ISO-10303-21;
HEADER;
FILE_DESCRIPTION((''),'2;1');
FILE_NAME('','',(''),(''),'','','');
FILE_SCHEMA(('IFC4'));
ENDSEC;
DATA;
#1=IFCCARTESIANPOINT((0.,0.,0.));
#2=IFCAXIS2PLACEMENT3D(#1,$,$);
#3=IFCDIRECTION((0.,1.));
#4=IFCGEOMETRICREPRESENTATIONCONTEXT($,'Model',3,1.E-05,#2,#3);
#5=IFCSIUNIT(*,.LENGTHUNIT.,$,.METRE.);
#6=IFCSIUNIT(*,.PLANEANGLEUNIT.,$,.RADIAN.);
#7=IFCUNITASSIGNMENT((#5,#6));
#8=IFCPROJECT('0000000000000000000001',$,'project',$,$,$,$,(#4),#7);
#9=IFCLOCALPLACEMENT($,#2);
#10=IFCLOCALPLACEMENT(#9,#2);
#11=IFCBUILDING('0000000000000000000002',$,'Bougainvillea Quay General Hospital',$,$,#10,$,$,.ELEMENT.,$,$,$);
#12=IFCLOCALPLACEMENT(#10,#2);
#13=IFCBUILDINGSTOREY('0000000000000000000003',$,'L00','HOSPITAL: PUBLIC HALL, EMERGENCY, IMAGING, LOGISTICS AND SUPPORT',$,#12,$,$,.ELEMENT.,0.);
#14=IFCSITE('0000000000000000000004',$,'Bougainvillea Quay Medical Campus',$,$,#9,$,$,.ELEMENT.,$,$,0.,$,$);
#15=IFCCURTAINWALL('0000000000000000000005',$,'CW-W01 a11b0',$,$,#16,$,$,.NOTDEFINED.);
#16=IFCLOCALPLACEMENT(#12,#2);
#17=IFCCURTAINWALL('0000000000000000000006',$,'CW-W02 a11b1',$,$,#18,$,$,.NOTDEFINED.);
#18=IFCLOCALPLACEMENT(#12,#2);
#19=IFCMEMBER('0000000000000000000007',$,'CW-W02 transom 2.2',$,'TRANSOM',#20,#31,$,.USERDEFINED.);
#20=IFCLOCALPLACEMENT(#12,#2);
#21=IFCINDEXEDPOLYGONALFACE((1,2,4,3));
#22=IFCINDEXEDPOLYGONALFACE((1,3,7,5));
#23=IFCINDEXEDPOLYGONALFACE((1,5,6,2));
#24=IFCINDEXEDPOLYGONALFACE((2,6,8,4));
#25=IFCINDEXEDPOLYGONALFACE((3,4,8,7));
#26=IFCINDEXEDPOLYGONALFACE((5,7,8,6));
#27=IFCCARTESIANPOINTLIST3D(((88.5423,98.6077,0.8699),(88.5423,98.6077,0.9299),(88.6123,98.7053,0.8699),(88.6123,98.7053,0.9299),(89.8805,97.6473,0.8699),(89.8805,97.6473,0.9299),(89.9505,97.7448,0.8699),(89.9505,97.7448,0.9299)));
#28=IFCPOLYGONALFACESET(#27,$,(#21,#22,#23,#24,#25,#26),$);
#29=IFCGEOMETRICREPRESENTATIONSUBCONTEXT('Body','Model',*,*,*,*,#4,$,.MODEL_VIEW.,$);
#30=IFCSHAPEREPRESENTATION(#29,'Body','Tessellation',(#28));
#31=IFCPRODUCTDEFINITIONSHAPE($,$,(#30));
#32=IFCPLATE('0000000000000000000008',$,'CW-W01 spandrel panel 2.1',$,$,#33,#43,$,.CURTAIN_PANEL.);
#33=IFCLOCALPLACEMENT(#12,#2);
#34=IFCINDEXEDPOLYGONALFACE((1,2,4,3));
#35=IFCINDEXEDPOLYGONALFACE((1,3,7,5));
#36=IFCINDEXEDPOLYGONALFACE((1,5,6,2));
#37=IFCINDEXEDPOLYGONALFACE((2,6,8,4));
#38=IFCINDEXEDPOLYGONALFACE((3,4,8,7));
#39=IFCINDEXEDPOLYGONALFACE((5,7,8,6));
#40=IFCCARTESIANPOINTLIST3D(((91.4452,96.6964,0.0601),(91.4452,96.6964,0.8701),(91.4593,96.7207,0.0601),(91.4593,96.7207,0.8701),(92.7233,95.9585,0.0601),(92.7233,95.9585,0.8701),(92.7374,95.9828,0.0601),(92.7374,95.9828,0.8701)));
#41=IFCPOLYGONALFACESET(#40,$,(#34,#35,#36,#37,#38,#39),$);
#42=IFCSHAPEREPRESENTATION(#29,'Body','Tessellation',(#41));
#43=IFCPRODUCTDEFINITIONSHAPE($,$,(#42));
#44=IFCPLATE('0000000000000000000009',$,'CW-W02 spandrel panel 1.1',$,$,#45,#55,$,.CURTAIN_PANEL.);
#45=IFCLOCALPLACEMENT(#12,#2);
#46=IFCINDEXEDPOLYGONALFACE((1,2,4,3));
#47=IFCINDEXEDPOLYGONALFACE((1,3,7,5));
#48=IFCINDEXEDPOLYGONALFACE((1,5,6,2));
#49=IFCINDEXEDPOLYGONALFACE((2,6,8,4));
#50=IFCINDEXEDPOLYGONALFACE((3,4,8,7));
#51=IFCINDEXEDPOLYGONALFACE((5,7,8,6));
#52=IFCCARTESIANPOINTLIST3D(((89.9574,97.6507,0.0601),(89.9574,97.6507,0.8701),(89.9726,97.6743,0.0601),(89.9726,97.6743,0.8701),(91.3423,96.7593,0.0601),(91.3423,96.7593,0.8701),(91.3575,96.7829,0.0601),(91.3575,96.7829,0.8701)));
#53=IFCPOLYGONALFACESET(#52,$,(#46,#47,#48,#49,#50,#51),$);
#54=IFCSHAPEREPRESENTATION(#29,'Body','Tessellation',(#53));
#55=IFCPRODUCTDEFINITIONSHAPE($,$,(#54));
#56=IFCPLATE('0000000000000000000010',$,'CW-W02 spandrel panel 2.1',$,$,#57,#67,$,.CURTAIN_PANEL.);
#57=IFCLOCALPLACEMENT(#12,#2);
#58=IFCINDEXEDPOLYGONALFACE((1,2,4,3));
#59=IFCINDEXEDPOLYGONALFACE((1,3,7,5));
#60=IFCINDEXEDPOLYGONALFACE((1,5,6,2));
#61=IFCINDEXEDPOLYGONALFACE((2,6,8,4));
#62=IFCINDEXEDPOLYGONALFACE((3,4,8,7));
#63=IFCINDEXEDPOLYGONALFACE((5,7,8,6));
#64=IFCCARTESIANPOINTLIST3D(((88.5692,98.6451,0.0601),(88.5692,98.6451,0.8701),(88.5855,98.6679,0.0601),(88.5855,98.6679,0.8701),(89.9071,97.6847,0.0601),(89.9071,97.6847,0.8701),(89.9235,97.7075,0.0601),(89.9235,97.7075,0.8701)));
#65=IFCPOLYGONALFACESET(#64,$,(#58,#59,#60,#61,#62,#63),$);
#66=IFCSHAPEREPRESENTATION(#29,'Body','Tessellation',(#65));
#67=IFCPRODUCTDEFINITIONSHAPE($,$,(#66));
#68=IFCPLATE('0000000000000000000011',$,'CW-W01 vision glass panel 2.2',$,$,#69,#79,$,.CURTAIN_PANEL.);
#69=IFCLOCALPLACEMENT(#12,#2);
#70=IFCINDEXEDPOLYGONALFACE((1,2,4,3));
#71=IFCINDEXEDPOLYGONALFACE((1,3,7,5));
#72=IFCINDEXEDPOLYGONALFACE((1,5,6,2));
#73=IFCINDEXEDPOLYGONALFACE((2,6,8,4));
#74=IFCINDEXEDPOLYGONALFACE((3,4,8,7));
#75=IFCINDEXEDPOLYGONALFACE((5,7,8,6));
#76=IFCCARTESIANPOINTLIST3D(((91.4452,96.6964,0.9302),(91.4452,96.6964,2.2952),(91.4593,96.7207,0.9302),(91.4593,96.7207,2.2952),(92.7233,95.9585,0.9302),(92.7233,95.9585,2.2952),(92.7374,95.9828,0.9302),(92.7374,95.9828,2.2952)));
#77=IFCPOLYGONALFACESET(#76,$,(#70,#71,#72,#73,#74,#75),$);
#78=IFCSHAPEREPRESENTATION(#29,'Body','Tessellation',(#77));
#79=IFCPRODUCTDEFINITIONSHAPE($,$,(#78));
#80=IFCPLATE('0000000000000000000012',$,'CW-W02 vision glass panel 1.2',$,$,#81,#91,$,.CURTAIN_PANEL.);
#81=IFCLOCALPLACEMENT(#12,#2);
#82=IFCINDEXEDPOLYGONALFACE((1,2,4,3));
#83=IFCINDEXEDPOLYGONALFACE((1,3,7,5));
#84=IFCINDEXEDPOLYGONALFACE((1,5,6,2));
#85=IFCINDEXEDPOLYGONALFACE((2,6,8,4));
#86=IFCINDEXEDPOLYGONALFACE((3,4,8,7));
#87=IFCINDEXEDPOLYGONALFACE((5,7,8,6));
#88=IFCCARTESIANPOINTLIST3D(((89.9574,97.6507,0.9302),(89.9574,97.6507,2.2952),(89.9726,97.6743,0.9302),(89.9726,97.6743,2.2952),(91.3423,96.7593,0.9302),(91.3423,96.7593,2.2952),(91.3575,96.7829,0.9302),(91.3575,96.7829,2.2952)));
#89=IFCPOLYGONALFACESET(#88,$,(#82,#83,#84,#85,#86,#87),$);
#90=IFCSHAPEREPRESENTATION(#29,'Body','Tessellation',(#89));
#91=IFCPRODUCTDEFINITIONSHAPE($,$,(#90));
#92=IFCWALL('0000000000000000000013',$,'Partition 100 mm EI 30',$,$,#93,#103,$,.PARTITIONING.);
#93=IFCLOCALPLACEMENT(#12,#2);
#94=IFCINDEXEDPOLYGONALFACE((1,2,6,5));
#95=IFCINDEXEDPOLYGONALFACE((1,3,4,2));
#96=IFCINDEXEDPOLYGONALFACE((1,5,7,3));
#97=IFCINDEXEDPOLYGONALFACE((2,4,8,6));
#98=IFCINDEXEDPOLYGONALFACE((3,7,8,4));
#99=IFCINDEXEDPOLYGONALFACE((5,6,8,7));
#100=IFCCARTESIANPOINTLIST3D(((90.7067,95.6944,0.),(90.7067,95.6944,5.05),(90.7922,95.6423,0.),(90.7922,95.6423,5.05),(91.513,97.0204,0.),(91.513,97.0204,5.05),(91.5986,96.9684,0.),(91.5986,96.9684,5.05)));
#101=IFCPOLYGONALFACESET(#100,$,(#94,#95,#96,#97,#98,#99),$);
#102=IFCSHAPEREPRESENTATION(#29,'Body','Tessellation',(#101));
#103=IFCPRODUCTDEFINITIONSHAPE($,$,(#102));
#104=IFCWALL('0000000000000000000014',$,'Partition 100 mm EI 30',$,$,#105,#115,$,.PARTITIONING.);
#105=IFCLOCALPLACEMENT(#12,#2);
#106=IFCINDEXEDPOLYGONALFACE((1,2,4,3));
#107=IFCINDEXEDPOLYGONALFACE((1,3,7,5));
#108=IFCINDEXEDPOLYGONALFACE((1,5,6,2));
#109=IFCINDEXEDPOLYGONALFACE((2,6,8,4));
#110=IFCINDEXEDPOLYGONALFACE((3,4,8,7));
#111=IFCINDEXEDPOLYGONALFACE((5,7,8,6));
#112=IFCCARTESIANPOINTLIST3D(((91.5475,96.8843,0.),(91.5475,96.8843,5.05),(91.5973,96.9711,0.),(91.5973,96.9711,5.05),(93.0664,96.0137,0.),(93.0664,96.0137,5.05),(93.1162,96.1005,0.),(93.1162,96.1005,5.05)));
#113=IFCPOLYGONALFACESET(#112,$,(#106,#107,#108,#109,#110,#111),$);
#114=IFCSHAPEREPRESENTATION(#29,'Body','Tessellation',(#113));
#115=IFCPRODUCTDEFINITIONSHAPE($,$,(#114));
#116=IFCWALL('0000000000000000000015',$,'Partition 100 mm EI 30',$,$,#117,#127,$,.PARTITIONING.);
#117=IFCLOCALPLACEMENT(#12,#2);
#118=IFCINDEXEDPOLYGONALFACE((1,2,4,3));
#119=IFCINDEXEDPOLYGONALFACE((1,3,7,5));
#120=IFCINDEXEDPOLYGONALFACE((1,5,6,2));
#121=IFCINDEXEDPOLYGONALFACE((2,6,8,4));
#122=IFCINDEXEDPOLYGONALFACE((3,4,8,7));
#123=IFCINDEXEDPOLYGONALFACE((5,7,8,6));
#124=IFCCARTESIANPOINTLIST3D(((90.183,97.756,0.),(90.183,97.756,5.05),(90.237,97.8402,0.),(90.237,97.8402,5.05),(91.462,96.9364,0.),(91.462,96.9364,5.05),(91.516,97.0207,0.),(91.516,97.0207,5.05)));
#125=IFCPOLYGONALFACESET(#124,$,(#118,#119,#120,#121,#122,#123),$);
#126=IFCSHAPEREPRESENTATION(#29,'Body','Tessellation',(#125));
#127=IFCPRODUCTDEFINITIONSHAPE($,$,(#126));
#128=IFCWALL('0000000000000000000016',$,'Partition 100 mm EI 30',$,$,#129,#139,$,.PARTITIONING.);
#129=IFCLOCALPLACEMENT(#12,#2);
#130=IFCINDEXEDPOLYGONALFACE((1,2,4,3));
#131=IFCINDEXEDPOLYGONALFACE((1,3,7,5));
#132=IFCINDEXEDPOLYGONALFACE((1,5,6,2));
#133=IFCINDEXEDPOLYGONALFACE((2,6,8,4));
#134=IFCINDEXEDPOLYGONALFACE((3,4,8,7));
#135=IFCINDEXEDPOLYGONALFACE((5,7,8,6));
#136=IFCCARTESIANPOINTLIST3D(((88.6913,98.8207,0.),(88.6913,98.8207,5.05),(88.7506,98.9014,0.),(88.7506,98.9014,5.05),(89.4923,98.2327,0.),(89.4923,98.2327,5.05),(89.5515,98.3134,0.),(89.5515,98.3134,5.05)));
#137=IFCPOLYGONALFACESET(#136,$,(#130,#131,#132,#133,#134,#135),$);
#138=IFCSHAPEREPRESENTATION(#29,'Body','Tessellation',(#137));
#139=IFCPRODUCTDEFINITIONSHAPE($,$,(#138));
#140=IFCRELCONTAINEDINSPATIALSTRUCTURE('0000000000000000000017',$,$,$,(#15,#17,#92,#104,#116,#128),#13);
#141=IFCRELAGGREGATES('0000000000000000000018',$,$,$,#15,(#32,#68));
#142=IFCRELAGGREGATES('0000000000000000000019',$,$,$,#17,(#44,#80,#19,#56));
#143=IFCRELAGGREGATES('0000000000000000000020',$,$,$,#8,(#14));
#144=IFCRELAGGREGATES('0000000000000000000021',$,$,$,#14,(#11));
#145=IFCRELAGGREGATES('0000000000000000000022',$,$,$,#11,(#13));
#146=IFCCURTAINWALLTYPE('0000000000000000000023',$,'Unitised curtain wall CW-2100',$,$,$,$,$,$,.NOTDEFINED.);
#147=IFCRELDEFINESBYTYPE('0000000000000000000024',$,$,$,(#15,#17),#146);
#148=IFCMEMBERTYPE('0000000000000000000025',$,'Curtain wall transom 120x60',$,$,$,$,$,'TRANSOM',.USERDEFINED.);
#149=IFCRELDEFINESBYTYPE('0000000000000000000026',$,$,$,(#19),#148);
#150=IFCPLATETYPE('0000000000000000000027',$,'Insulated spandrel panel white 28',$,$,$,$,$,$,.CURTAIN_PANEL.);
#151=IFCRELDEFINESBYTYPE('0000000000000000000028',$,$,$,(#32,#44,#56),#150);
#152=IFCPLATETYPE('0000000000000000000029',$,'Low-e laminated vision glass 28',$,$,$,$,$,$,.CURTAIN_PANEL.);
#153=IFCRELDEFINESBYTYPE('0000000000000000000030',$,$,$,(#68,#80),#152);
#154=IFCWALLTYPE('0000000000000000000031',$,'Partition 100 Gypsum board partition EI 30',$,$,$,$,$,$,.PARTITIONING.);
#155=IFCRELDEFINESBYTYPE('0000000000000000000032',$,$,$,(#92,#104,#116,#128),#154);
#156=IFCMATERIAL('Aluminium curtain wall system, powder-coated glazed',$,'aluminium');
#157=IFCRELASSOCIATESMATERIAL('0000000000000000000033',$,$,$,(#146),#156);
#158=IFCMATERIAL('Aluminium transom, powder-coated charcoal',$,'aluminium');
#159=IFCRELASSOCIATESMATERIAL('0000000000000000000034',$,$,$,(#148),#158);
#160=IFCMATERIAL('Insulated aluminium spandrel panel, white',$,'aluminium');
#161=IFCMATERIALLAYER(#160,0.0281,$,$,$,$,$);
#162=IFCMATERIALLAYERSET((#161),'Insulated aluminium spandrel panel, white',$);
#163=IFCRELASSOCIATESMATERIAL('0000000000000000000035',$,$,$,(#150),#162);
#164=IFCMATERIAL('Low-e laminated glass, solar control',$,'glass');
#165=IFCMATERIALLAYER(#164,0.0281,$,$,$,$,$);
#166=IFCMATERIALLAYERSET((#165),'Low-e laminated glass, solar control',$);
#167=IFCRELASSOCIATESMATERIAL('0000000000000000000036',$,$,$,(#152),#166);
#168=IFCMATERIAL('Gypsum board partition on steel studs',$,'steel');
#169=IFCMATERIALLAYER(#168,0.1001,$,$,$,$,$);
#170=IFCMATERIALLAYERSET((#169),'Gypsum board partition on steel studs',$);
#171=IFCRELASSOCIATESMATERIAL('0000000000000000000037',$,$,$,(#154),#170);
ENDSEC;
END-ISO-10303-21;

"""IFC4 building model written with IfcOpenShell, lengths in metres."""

from ifc_helpers import new_model, si_unit, direction, frame, frame_2d, origin, origin_2d, place, context, subcontext, project, spatial, rectangle, extrude, material, layer, layer_set, material_profile, profile_set, type_object, element, aggregate, save


model = new_model("IFC4")

# Units and contexts
model_context = context("Model", 3, precision=1e-05, world=origin(), true_north=direction((0.0, 1.0)))
body_context = subcontext(model_context, "Body", "Model", "MODEL_VIEW")
ifc_project = project(units=[si_unit("LENGTHUNIT", "METRE"), si_unit("PLANEANGLEUNIT", "RADIAN")], contexts=[model_context])

# Site, building, storey
site_placement = place(None, origin())
site = spatial("IfcSite", under=ifc_project, at=site_placement, Name="Bougainvillea Quay Medical Campus", CompositionType="ELEMENT", RefElevation=0.0)
building_placement = place(site_placement, origin())
building = spatial("IfcBuilding", under=site, at=building_placement, Name="Bougainvillea Quay General Hospital", CompositionType="ELEMENT")
storey_placement = place(building_placement, origin())
storey = spatial("IfcBuildingStorey", under=building, at=storey_placement, Name="L00", Description="HOSPITAL: PUBLIC HALL, EMERGENCY, IMAGING, LOGISTICS AND SUPPORT", CompositionType="ELEMENT", Elevation=0.0)

# Curtain wall
ifc_material_1 = material(Name="Aluminium curtain wall system, powder-coated glazed", Category="aluminium")
curtain_wall_type = type_object("IfcCurtainWallType", Name="Unitised curtain wall CW-2100", PredefinedType="NOTDEFINED", material=ifc_material_1)
curtain_wall_1_placement = place(storey_placement, origin())
curtain_wall_1 = element("IfcCurtainWall", 1, at=curtain_wall_1_placement, inside=storey, type_object=curtain_wall_type, Name="CW-W01 a11b0", PredefinedType="NOTDEFINED")

# Curtain wall
curtain_wall_2_placement = place(storey_placement, origin())
curtain_wall_2 = element("IfcCurtainWall", 2, at=curtain_wall_2_placement, inside=storey, type_object=curtain_wall_type, Name="CW-W02 a11b1", PredefinedType="NOTDEFINED")

# Member
ifc_material_2 = material(Name="Aluminium transom, powder-coated charcoal", Category="aluminium")
ifc_material_profile_1 = material_profile(ifc_material_2, rectangle(XDim=0.1201, YDim=0.0601, at=origin_2d()))
ifc_profile_set_1 = profile_set([ifc_material_profile_1], Name="Aluminium transom, powder-coated charcoal")
member_type_1 = type_object("IfcMemberType", Name="Curtain wall transom 120x60", ElementType="TRANSOM", PredefinedType="USERDEFINED", material=ifc_profile_set_1)
member_1_placement = place(storey_placement, frame((89.9155, 97.696, 0.8999), z_axis=(-0.812399, 0.583101, 0.0), x_axis=(-0.583101, -0.812399, 0.0)))
member_1 = element("IfcMember", 3, at=member_1_placement, type_object=member_type_1, Name="CW-W02 transom 2.2", ObjectType="TRANSOM", PredefinedType="USERDEFINED", context=body_context, shape_type="SweptSolid", body=[
    extrude(rectangle(XDim=0.1201, YDim=0.0601, at=origin_2d()), origin(), (0.0, 0.0, 1.0), 1.6472),
])

# Plates
ifc_material_3 = material(Name="Insulated aluminium spandrel panel, white", Category="aluminium")
ifc_layer_1 = layer(ifc_material_3, 0.0281)
ifc_layer_set_1 = layer_set([ifc_layer_1], Name="Insulated aluminium spandrel panel, white")
plate_type_1 = type_object("IfcPlateType", Name="Insulated spandrel panel white 28", PredefinedType="CURTAIN_PANEL", material=ifc_layer_set_1)
plate_1_placement = place(storey_placement, frame((92.0913, 96.3396, 0.0601), z_axis=(0.0, 0.0, 1.0), x_axis=(-0.866007, 0.500031, 0.0)))
plate_1 = element("IfcPlate", 4, at=plate_1_placement, type_object=plate_type_1, Name="CW-W01 spandrel panel 2.1", PredefinedType="CURTAIN_PANEL", context=body_context, shape_type="SweptSolid", body=[
    extrude(rectangle(XDim=1.4758, YDim=0.0281, at=origin_2d()), origin(), (0.0, 0.0, 1.0), 0.8101),
])
plate_2_placement = place(storey_placement, frame((90.6575, 97.2168, 0.0601), z_axis=(0.0, 0.0, 1.0), x_axis=(-0.840897, 0.541195, 0.0)))
plate_2 = element("IfcPlate", 5, at=plate_2_placement, type_object=plate_type_1, Name="CW-W02 spandrel panel 1.1", PredefinedType="CURTAIN_PANEL", context=body_context, shape_type="SweptSolid", body=[
    extrude(rectangle(XDim=1.647, YDim=0.0281, at=origin_2d()), origin(), (0.0, 0.0, 1.0), 0.8101),
])
plate_3_placement = place(storey_placement, frame((89.2463, 98.1763, 0.0601), z_axis=(0.0, 0.0, 1.0), x_axis=(-0.812379, 0.58313, 0.0)))
plate_3 = element("IfcPlate", 6, at=plate_3_placement, type_object=plate_type_1, Name="CW-W02 spandrel panel 2.1", PredefinedType="CURTAIN_PANEL", context=body_context, shape_type="SweptSolid", body=[
    extrude(rectangle(XDim=1.647, YDim=0.0281, at=origin_2d()), origin(), (0.0, 0.0, 1.0), 0.8101),
])
ifc_material_4 = material(Name="Low-e laminated glass, solar control", Category="glass")
ifc_layer_2 = layer(ifc_material_4, 0.0281)
ifc_layer_set_2 = layer_set([ifc_layer_2], Name="Low-e laminated glass, solar control")
plate_type_2 = type_object("IfcPlateType", Name="Low-e laminated vision glass 28", PredefinedType="CURTAIN_PANEL", material=ifc_layer_set_2)
plate_4_placement = place(storey_placement, frame((92.0913, 96.3396, 0.9302), z_axis=(0.0, 0.0, 1.0), x_axis=(-0.866007, 0.500031, 0.0)))
plate_4 = element("IfcPlate", 7, at=plate_4_placement, type_object=plate_type_2, Name="CW-W01 vision glass panel 2.2", PredefinedType="CURTAIN_PANEL", context=body_context, shape_type="SweptSolid", body=[
    extrude(rectangle(XDim=1.4758, YDim=0.0281, at=origin_2d()), origin(), (0.0, 0.0, 1.0), 1.365),
])
aggregate(curtain_wall_1, [plate_1, plate_4])
plate_5_placement = place(storey_placement, frame((90.6575, 97.2168, 0.9302), z_axis=(0.0, 0.0, 1.0), x_axis=(-0.840897, 0.541195, 0.0)))
plate_5 = element("IfcPlate", 8, at=plate_5_placement, type_object=plate_type_2, Name="CW-W02 vision glass panel 1.2", PredefinedType="CURTAIN_PANEL", context=body_context, shape_type="SweptSolid", body=[
    extrude(rectangle(XDim=1.647, YDim=0.0281, at=origin_2d()), origin(), (0.0, 0.0, 1.0), 1.365),
])
aggregate(curtain_wall_2, [plate_2, plate_5, member_1, plate_3])

# Walls
ifc_material_5 = material(Name="Gypsum board partition on steel studs", Category="steel")
ifc_layer_3 = layer(ifc_material_5, 0.1001)
ifc_layer_set_3 = layer_set([ifc_layer_3], Name="Gypsum board partition on steel studs")
wall_type = type_object("IfcWallType", Name="Partition 100 Gypsum board partition EI 30", PredefinedType="PARTITIONING", material=ifc_layer_set_3)
wall_1_placement = place(storey_placement, frame((90.7495, 95.6685, 0.0), z_axis=(0.0, 0.0, 1.0), x_axis=(0.519553, 0.854438, 0.0)))
element("IfcWall", 9, at=wall_1_placement, inside=storey, type_object=wall_type, Name="Partition 100 mm EI 30", PredefinedType="PARTITIONING", context=body_context, shape_type="SweptSolid", body=[
    extrude(rectangle(XDim=1.552, YDim=0.1001, at=frame_2d((0.7759, 0.0))), origin(), (0.0, 0.0, 1.0), 5.05),
])
wall_2_placement = place(storey_placement, frame((91.5723, 96.9277, 0.0), z_axis=(0.0, 0.0, 1.0), x_axis=(0.867607, -0.49725, 0.0)))
element("IfcWall", 10, at=wall_2_placement, inside=storey, type_object=wall_type, Name="Partition 100 mm EI 30", PredefinedType="PARTITIONING", context=body_context, shape_type="SweptSolid", body=[
    extrude(rectangle(XDim=1.7507, YDim=0.1001, at=frame_2d((0.8755, 0.0))), origin(), (0.0, 0.0, 1.0), 5.05),
])
wall_3_placement = place(storey_placement, frame((90.21, 97.7981, 0.0), z_axis=(0.0, 0.0, 1.0), x_axis=(0.841976, -0.539514, 0.0)))
element("IfcWall", 11, at=wall_3_placement, inside=storey, type_object=wall_type, Name="Partition 100 mm EI 30", PredefinedType="PARTITIONING", context=body_context, shape_type="SweptSolid", body=[
    extrude(rectangle(XDim=1.519, YDim=0.1001, at=frame_2d((0.7595, 0.0))), origin(), (0.0, 0.0, 1.0), 5.05),
])
wall_4_placement = place(storey_placement, frame((88.7209, 98.8611, 0.0), z_axis=(0.0, 0.0, 1.0), x_axis=(0.806061, -0.591832, 0.0)))
element("IfcWall", 12, at=wall_4_placement, inside=storey, type_object=wall_type, Name="Partition 100 mm EI 30", PredefinedType="PARTITIONING", context=body_context, shape_type="SweptSolid", body=[
    extrude(rectangle(XDim=0.9937, YDim=0.1001, at=frame_2d((0.4968, 0.0))), origin(), (0.0, 0.0, 1.0), 5.05),
])

save(model, "model.ifc")
